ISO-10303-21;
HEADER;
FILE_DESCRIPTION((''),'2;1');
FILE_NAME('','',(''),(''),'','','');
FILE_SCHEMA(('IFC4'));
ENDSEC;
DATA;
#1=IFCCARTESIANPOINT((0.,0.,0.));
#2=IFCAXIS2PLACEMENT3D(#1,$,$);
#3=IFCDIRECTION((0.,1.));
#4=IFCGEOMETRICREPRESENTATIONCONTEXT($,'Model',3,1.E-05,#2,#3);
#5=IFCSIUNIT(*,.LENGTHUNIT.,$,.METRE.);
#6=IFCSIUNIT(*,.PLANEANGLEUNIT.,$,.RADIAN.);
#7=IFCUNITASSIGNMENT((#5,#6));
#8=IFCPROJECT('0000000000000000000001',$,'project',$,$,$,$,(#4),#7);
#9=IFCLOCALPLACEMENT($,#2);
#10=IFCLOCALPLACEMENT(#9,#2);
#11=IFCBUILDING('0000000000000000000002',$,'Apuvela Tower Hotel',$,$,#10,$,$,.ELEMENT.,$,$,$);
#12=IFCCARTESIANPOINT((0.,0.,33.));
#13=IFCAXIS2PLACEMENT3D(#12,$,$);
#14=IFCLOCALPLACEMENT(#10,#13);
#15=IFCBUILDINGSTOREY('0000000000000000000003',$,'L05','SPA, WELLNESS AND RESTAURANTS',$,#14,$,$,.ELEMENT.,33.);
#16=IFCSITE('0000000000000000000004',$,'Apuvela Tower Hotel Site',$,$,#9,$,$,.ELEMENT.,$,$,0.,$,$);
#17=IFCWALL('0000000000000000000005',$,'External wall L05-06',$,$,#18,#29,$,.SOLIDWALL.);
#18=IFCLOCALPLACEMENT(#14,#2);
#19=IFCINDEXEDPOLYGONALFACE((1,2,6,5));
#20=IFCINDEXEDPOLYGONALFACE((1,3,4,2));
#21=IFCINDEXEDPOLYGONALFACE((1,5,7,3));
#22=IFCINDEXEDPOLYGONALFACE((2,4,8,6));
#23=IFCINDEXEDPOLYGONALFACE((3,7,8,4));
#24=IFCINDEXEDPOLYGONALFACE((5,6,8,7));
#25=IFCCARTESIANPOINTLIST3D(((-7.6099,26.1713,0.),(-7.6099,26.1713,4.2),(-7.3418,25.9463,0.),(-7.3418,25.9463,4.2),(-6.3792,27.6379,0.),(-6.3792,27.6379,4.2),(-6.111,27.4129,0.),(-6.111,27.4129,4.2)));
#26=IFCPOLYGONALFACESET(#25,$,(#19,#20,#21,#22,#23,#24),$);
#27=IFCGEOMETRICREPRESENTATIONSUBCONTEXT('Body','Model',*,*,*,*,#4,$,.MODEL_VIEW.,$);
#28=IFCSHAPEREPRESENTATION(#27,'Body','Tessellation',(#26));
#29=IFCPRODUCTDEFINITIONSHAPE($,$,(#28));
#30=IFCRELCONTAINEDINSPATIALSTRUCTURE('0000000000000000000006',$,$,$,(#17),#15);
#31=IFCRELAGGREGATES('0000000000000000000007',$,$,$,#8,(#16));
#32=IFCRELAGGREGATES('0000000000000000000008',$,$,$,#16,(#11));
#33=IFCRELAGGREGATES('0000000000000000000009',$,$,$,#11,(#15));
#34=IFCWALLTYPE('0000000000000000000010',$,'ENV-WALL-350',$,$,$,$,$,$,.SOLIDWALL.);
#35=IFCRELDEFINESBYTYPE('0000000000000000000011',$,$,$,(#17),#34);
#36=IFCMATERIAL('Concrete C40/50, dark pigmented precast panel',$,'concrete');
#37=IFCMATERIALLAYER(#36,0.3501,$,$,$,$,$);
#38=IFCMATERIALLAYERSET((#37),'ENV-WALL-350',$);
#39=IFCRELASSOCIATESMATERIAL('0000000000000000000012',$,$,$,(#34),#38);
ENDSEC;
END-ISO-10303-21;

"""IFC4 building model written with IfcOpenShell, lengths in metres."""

from ifc_helpers import new_model, si_unit, direction, frame, frame_2d, origin, place, context, subcontext, project, spatial, rectangle, extrude, material, layer, layer_set, type_object, element, save


model = new_model("IFC4")

# Units and contexts
model_context = context("Model", 3, precision=1e-05, world=origin(), true_north=direction((0.0, 1.0)))
body_context = subcontext(model_context, "Body", "Model", "MODEL_VIEW")
ifc_project = project(units=[si_unit("LENGTHUNIT", "METRE"), si_unit("PLANEANGLEUNIT", "RADIAN")], contexts=[model_context])

# Site, building, storey
site_placement = place(None, origin())
site = spatial("IfcSite", under=ifc_project, at=site_placement, Name="Apuvela Tower Hotel Site", CompositionType="ELEMENT", RefElevation=0.0)
building_placement = place(site_placement, origin())
building = spatial("IfcBuilding", under=site, at=building_placement, Name="Apuvela Tower Hotel", CompositionType="ELEMENT")
storey_placement = place(building_placement, frame((0.0, 0.0, 33.0)))
storey = spatial("IfcBuildingStorey", under=building, at=storey_placement, Name="L05", Description="SPA, WELLNESS AND RESTAURANTS", CompositionType="ELEMENT", Elevation=33.0)

# Wall
ifc_material_1 = material(Name="Concrete C40/50, dark pigmented precast panel", Category="concrete")
ifc_layer_1 = layer(ifc_material_1, 0.3501)
ifc_layer_set_1 = layer_set([ifc_layer_1], Name="ENV-WALL-350")
wall_type_1 = type_object("IfcWallType", Name="ENV-WALL-350", PredefinedType="SOLIDWALL", material=ifc_layer_set_1)
for number, where, z_axis, x_axis, name in (
    (1, (-6.2451, 27.5254, 0.0), (0.0, 0.0, 1.0), (-0.642827, -0.766011, 0.0), "External wall L05-06"),
):
    element("IfcWall", number, at=place(storey_placement, frame(where, z_axis=z_axis, x_axis=x_axis)), inside=storey, type_object=wall_type_1, Name=name, PredefinedType="SOLIDWALL", context=body_context, shape_type="SweptSolid", body=[
        extrude(rectangle(XDim=1.9146, YDim=0.3501, at=frame_2d((0.9573, 0.0))), origin(), (0.0, 0.0, 1.0), 4.2),
    ])

save(model, "model.ifc")
